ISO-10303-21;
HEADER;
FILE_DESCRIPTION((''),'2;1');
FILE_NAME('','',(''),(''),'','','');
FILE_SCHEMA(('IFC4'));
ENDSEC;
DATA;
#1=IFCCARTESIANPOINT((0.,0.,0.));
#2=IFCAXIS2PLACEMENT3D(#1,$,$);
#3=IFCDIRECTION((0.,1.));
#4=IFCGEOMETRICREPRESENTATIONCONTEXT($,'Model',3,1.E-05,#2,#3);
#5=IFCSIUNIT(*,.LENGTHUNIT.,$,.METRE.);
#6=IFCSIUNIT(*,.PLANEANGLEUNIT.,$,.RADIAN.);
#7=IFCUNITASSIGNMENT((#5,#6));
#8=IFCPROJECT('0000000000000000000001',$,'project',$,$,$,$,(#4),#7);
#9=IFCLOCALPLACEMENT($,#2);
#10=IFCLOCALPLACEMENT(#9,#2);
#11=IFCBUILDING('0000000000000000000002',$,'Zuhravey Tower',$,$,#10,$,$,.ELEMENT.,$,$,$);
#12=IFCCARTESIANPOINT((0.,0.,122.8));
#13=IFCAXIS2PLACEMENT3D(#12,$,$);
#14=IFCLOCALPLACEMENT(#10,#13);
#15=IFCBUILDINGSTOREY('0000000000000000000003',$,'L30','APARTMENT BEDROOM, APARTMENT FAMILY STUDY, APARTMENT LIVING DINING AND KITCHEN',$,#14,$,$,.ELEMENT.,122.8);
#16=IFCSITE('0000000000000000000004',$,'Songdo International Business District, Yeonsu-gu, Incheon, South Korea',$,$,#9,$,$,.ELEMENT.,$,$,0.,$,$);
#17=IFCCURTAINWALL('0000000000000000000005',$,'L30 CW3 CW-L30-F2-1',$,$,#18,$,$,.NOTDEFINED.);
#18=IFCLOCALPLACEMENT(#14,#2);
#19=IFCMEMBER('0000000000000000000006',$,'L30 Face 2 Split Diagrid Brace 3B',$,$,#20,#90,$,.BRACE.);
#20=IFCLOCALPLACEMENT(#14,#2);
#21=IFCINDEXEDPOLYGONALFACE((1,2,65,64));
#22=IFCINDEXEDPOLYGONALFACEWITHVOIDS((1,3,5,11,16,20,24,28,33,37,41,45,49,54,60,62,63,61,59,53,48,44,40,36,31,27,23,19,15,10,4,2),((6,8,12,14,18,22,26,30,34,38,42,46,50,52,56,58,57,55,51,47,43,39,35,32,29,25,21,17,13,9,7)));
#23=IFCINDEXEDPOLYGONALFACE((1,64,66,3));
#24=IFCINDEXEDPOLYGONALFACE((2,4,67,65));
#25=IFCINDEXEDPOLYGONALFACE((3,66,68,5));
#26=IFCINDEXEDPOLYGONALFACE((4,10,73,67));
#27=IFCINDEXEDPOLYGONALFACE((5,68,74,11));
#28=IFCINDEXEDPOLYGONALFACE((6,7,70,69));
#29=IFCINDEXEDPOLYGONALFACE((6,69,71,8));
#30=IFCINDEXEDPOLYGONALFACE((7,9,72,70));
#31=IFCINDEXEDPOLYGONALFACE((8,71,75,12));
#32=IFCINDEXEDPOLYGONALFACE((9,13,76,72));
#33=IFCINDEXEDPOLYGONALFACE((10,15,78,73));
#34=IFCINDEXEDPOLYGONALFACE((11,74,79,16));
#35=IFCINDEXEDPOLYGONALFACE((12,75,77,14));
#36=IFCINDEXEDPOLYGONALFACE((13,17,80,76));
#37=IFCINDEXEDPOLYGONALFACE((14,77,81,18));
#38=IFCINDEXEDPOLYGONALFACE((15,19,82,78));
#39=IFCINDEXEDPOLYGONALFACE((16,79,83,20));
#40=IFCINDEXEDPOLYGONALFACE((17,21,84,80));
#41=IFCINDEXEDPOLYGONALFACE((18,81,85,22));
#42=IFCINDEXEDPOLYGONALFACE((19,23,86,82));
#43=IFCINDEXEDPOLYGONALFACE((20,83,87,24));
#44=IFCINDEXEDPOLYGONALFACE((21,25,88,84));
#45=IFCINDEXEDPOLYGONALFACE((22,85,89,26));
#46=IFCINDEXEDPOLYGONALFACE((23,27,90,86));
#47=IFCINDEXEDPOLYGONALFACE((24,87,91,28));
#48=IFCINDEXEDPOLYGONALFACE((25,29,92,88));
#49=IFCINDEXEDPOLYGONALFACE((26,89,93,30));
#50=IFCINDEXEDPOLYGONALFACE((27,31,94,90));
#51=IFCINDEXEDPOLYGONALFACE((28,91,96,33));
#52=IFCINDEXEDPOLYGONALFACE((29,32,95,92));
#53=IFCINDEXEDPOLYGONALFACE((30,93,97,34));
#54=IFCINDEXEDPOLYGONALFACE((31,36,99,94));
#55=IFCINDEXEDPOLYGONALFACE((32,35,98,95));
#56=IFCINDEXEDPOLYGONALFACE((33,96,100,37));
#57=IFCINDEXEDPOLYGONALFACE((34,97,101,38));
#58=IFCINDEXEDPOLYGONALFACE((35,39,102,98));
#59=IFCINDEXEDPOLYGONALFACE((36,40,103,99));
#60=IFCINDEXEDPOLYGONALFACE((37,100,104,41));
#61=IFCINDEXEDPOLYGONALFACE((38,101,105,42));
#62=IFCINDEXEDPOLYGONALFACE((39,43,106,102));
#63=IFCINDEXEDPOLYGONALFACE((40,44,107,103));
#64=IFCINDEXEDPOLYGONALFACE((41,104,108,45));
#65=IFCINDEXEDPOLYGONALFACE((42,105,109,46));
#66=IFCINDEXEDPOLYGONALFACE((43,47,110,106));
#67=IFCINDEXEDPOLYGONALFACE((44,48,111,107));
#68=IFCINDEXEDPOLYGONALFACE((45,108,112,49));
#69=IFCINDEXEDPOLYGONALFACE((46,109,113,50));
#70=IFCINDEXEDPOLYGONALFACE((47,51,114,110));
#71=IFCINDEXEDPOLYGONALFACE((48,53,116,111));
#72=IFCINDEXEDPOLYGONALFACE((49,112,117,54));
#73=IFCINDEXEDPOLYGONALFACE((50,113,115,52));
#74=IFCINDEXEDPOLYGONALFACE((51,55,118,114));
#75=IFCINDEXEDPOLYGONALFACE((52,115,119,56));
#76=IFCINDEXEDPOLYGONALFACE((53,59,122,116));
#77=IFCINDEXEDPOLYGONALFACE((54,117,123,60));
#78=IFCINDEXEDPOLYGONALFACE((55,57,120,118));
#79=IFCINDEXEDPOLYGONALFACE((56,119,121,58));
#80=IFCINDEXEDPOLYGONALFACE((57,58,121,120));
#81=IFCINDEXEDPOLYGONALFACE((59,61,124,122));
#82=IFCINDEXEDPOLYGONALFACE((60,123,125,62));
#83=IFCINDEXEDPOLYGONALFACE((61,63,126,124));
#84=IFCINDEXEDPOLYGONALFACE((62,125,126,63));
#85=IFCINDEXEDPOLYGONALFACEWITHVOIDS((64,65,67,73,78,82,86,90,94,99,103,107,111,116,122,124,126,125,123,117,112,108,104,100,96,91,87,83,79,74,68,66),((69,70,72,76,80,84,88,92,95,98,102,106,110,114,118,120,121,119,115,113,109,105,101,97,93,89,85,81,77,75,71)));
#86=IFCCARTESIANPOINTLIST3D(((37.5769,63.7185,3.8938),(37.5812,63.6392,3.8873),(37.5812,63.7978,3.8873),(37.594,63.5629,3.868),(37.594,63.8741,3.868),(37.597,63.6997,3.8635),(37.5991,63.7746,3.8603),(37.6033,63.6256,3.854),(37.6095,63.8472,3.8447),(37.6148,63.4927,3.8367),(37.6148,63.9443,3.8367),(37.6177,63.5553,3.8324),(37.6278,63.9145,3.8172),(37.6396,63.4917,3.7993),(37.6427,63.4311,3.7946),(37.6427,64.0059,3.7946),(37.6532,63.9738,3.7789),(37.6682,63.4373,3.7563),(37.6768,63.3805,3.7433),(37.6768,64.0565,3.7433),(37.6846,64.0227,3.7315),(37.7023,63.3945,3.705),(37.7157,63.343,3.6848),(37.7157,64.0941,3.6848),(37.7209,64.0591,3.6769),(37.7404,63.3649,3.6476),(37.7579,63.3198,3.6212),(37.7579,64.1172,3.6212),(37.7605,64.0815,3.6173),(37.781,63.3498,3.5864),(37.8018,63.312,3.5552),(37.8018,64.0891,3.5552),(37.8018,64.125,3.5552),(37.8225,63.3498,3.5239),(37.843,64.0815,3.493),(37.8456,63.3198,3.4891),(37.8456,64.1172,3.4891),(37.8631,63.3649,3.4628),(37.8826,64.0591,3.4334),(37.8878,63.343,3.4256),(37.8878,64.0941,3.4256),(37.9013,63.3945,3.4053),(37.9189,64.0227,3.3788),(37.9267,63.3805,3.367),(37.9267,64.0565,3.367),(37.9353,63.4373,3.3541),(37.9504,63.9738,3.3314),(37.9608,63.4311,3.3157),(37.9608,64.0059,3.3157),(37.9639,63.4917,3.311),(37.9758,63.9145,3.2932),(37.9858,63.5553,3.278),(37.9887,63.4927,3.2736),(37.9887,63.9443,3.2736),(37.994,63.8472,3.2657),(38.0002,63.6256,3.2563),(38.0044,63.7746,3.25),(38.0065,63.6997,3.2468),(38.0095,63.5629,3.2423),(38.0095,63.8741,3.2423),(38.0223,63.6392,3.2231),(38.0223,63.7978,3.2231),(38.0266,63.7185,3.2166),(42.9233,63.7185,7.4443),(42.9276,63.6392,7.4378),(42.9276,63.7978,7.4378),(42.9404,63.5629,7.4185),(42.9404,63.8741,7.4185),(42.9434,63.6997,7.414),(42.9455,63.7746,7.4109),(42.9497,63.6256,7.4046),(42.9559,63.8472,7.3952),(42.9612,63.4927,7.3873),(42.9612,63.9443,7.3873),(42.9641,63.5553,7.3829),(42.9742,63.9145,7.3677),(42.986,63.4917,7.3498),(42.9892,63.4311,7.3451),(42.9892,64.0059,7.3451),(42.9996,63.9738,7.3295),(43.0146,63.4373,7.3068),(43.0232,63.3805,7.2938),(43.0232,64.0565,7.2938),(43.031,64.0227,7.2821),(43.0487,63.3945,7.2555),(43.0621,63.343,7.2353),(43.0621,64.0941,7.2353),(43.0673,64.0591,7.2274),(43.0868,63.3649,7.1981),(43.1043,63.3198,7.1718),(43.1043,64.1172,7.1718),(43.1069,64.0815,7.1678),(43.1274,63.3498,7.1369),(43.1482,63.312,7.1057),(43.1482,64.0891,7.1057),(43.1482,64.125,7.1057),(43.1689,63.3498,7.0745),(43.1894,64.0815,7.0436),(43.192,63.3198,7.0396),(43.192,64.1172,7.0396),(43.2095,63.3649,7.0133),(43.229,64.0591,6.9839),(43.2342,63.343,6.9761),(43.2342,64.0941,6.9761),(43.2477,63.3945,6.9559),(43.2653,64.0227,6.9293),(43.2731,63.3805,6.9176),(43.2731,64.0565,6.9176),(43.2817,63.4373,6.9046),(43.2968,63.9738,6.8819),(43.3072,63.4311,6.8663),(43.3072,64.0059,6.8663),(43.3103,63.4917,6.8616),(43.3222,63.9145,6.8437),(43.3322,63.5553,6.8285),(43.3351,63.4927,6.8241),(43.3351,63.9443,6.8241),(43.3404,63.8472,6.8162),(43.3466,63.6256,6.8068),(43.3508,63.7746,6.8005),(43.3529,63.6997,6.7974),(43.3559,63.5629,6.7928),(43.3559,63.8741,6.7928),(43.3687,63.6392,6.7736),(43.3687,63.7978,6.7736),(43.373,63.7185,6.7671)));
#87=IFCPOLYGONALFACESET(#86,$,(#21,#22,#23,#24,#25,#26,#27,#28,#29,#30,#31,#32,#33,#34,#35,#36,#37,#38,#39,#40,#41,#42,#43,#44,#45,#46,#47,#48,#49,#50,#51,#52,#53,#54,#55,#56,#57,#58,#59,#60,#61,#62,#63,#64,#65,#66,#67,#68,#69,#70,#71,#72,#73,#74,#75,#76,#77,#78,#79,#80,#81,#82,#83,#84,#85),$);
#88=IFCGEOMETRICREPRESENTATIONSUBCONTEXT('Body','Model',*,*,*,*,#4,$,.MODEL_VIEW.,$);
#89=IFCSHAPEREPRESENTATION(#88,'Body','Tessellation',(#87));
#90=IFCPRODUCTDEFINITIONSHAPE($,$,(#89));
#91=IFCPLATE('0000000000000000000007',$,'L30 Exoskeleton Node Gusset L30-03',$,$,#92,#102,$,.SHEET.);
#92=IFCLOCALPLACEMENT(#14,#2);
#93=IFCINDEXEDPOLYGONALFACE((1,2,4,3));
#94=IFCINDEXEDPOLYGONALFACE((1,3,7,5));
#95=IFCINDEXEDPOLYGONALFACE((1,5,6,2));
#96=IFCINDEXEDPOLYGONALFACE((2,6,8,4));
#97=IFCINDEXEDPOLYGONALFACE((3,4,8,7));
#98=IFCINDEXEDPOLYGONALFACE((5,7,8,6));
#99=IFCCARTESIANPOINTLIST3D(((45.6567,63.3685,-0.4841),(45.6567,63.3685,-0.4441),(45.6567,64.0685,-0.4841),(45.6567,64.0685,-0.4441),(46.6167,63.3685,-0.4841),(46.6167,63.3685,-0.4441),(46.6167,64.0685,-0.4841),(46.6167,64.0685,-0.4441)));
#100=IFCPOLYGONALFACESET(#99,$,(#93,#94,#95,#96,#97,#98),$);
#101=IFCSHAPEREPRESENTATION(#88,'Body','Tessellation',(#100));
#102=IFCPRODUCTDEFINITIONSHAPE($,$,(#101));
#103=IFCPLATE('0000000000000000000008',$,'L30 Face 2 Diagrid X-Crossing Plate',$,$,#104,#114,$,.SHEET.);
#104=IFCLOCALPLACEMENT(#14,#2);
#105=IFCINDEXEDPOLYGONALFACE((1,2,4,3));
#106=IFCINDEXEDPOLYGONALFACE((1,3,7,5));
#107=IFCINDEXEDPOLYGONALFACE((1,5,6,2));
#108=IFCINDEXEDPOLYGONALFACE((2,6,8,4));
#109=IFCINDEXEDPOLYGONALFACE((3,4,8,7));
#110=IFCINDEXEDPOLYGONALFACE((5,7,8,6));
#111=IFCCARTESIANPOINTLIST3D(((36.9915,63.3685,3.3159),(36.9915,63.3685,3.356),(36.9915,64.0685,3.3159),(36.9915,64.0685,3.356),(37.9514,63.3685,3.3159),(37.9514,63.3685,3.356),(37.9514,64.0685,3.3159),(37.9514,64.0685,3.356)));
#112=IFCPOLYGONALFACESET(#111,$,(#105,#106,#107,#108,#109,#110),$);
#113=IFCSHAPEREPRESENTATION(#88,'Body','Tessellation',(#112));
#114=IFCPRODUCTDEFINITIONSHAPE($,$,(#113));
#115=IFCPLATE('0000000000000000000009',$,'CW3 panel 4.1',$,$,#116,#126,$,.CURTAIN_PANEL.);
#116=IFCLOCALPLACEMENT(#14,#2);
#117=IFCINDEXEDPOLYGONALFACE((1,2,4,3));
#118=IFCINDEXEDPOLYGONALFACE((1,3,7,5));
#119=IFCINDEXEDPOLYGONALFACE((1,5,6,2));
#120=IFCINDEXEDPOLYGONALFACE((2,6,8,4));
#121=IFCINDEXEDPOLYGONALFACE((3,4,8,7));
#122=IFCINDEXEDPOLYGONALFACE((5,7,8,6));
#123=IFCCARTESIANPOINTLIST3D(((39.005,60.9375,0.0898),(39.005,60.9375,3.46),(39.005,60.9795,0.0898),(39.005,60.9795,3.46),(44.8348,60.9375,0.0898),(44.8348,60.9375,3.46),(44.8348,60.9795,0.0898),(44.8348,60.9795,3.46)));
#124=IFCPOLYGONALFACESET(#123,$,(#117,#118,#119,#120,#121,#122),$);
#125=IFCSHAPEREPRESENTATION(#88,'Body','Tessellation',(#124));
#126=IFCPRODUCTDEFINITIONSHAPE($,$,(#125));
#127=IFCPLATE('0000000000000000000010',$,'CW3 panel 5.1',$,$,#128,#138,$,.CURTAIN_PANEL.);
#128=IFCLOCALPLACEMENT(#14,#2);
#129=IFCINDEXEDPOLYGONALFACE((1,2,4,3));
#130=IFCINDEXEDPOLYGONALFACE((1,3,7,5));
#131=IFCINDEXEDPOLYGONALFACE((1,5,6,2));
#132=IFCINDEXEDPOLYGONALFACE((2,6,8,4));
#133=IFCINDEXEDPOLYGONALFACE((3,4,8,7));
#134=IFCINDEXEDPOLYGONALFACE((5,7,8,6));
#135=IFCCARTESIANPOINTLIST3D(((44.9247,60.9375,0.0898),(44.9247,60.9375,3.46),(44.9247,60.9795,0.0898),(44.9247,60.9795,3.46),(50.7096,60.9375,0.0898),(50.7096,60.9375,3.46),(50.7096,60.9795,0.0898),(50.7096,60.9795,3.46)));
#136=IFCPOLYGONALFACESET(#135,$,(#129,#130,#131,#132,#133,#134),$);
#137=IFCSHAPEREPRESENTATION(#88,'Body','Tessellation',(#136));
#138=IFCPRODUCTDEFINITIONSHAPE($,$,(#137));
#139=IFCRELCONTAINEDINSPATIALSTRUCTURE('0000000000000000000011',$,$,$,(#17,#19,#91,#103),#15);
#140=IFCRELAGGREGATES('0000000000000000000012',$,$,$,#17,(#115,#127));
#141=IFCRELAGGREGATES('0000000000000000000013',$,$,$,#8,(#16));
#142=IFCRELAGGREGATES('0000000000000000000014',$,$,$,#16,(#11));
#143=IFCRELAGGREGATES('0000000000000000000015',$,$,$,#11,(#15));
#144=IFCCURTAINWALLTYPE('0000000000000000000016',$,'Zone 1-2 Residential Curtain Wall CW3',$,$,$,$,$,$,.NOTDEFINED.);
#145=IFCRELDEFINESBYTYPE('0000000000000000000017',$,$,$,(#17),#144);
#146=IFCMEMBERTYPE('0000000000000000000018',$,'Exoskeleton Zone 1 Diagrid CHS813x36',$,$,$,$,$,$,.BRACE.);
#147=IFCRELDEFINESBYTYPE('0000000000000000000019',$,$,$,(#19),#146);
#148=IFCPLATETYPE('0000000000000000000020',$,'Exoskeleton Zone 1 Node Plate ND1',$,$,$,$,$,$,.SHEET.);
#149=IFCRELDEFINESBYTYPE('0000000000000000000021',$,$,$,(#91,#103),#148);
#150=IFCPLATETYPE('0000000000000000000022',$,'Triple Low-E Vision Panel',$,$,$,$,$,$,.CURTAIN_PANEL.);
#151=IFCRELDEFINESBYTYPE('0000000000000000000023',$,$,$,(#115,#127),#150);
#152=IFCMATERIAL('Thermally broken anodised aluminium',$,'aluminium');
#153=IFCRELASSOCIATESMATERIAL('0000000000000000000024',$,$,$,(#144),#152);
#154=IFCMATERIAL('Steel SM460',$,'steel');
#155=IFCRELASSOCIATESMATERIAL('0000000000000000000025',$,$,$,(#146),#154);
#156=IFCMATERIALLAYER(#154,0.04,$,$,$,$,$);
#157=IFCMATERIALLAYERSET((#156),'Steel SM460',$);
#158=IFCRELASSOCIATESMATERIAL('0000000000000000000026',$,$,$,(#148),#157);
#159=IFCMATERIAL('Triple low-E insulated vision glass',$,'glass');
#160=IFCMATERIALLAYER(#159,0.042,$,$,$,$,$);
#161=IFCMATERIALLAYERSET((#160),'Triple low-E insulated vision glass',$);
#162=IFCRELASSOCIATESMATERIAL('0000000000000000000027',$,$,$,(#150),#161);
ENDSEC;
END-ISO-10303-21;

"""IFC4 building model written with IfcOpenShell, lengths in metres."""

from ifc_helpers import new_model, si_unit, direction, frame, origin, origin_2d, place, context, subcontext, project, spatial, rectangle, hollow_circle, extrude, material, layer, layer_set, material_profile, profile_set, type_object, element, aggregate, save


model = new_model("IFC4")

# Units and contexts
model_context = context("Model", 3, precision=1e-05, world=origin(), true_north=direction((0.0, 1.0)))
body_context = subcontext(model_context, "Body", "Model", "MODEL_VIEW")
ifc_project = project(units=[si_unit("LENGTHUNIT", "METRE"), si_unit("PLANEANGLEUNIT", "RADIAN")], contexts=[model_context])

# Site, building, storey
site_placement = place(None, origin())
site = spatial("IfcSite", under=ifc_project, at=site_placement, Name="Songdo International Business District, Yeonsu-gu, Incheon, South Korea", CompositionType="ELEMENT", RefElevation=0.0)
building_placement = place(site_placement, origin())
building = spatial("IfcBuilding", under=site, at=building_placement, Name="Zuhravey Tower", CompositionType="ELEMENT")
storey_placement = place(building_placement, frame((0.0, 0.0, 122.8)))
storey = spatial("IfcBuildingStorey", under=building, at=storey_placement, Name="L30", Description="APARTMENT BEDROOM, APARTMENT FAMILY STUDY, APARTMENT LIVING DINING AND KITCHEN", CompositionType="ELEMENT", Elevation=122.8)

# Curtain wall
ifc_material_1 = material(Name="Thermally broken anodised aluminium", Category="aluminium")
curtain_wall_type = type_object("IfcCurtainWallType", Name="Zone 1-2 Residential Curtain Wall CW3", PredefinedType="NOTDEFINED", material=ifc_material_1)
curtain_wall_placement = place(storey_placement, origin())
curtain_wall = element("IfcCurtainWall", 1, at=curtain_wall_placement, inside=storey, type_object=curtain_wall_type, Name="L30 CW3 CW-L30-F2-1", PredefinedType="NOTDEFINED")

# Member
ifc_material_2 = material(Name="Steel SM460", Category="steel")
ifc_material_profile_1 = material_profile(ifc_material_2, hollow_circle(Radius=0.4065, WallThickness=0.0359, at=origin_2d()), Name="CHS-812.8x36")
ifc_profile_set_1 = profile_set([ifc_material_profile_1], Name="Steel SM460")
member_type_1 = type_object("IfcMemberType", Name="Exoskeleton Zone 1 Diagrid CHS813x36", PredefinedType="BRACE", material=ifc_profile_set_1)
member_1_placement = place(storey_placement, frame((37.8018, 63.7185, 3.5552), z_axis=(0.833038, 0.0, 0.553216), x_axis=(0.0, 1.0, 0.0)))
element("IfcMember", 2, at=member_1_placement, inside=storey, type_object=member_type_1, Name="L30 Face 2 Split Diagrid Brace 3B", PredefinedType="BRACE", context=body_context, shape_type="SweptSolid", body=[
    extrude(hollow_circle(Radius=0.4065, WallThickness=0.0359, at=origin_2d()), origin(), (0.0, 0.0, 1.0), 6.418),
])

# Plates
ifc_layer_1 = layer(ifc_material_2, 0.04)
ifc_layer_set_1 = layer_set([ifc_layer_1], Name="Steel SM460")
plate_type_1 = type_object("IfcPlateType", Name="Exoskeleton Zone 1 Node Plate ND1", PredefinedType="SHEET", material=ifc_layer_set_1)
for number, where, z_axis, x_axis, name in (
    (3, (46.1367, 63.7185, -0.4841), (0.0, 0.0, 1.0), (-1.0, 0.0, 0.0), "L30 Exoskeleton Node Gusset L30-03"),
    (4, (37.4714, 63.7185, 3.3159), (0.0, 0.0, 1.0), (-1.0, 0.0, 0.0), "L30 Face 2 Diagrid X-Crossing Plate"),
):
    element("IfcPlate", number, at=place(storey_placement, frame(where, z_axis=z_axis, x_axis=x_axis)), inside=storey, type_object=plate_type_1, Name=name, PredefinedType="SHEET", context=body_context, shape_type="SweptSolid", body=[
        extrude(rectangle(XDim=0.96, YDim=0.7, at=origin_2d()), origin(), (0.0, 0.0, 1.0), 0.04),
    ])

# Plates
ifc_material_3 = material(Name="Triple low-E insulated vision glass", Category="glass")
ifc_layer_2 = layer(ifc_material_3, 0.042)
ifc_layer_set_2 = layer_set([ifc_layer_2], Name="Triple low-E insulated vision glass")
plate_type_2 = type_object("IfcPlateType", Name="Triple Low-E Vision Panel", PredefinedType="CURTAIN_PANEL", material=ifc_layer_set_2)
plate_1_placement = place(storey_placement, frame((41.9199, 60.9585, 0.0898), z_axis=(0.0, 0.0, 1.0), x_axis=(1.0, 0.0, 0.0)))
plate_1 = element("IfcPlate", 5, at=plate_1_placement, type_object=plate_type_2, Name="CW3 panel 4.1", PredefinedType="CURTAIN_PANEL", context=body_context, shape_type="SweptSolid", body=[
    extrude(rectangle(XDim=5.8298, YDim=0.042, at=origin_2d()), origin(), (0.0, 0.0, 1.0), 3.3701),
])
plate_2_placement = place(storey_placement, frame((47.8171, 60.9585, 0.0898), z_axis=(0.0, 0.0, 1.0), x_axis=(1.0, 0.0, 0.0)))
plate_2 = element("IfcPlate", 6, at=plate_2_placement, type_object=plate_type_2, Name="CW3 panel 5.1", PredefinedType="CURTAIN_PANEL", context=body_context, shape_type="SweptSolid", body=[
    extrude(rectangle(XDim=5.7849, YDim=0.042, at=origin_2d()), origin(), (0.0, 0.0, 1.0), 3.3701),
])
aggregate(curtain_wall, [plate_1, plate_2])

save(model, "model.ifc")
